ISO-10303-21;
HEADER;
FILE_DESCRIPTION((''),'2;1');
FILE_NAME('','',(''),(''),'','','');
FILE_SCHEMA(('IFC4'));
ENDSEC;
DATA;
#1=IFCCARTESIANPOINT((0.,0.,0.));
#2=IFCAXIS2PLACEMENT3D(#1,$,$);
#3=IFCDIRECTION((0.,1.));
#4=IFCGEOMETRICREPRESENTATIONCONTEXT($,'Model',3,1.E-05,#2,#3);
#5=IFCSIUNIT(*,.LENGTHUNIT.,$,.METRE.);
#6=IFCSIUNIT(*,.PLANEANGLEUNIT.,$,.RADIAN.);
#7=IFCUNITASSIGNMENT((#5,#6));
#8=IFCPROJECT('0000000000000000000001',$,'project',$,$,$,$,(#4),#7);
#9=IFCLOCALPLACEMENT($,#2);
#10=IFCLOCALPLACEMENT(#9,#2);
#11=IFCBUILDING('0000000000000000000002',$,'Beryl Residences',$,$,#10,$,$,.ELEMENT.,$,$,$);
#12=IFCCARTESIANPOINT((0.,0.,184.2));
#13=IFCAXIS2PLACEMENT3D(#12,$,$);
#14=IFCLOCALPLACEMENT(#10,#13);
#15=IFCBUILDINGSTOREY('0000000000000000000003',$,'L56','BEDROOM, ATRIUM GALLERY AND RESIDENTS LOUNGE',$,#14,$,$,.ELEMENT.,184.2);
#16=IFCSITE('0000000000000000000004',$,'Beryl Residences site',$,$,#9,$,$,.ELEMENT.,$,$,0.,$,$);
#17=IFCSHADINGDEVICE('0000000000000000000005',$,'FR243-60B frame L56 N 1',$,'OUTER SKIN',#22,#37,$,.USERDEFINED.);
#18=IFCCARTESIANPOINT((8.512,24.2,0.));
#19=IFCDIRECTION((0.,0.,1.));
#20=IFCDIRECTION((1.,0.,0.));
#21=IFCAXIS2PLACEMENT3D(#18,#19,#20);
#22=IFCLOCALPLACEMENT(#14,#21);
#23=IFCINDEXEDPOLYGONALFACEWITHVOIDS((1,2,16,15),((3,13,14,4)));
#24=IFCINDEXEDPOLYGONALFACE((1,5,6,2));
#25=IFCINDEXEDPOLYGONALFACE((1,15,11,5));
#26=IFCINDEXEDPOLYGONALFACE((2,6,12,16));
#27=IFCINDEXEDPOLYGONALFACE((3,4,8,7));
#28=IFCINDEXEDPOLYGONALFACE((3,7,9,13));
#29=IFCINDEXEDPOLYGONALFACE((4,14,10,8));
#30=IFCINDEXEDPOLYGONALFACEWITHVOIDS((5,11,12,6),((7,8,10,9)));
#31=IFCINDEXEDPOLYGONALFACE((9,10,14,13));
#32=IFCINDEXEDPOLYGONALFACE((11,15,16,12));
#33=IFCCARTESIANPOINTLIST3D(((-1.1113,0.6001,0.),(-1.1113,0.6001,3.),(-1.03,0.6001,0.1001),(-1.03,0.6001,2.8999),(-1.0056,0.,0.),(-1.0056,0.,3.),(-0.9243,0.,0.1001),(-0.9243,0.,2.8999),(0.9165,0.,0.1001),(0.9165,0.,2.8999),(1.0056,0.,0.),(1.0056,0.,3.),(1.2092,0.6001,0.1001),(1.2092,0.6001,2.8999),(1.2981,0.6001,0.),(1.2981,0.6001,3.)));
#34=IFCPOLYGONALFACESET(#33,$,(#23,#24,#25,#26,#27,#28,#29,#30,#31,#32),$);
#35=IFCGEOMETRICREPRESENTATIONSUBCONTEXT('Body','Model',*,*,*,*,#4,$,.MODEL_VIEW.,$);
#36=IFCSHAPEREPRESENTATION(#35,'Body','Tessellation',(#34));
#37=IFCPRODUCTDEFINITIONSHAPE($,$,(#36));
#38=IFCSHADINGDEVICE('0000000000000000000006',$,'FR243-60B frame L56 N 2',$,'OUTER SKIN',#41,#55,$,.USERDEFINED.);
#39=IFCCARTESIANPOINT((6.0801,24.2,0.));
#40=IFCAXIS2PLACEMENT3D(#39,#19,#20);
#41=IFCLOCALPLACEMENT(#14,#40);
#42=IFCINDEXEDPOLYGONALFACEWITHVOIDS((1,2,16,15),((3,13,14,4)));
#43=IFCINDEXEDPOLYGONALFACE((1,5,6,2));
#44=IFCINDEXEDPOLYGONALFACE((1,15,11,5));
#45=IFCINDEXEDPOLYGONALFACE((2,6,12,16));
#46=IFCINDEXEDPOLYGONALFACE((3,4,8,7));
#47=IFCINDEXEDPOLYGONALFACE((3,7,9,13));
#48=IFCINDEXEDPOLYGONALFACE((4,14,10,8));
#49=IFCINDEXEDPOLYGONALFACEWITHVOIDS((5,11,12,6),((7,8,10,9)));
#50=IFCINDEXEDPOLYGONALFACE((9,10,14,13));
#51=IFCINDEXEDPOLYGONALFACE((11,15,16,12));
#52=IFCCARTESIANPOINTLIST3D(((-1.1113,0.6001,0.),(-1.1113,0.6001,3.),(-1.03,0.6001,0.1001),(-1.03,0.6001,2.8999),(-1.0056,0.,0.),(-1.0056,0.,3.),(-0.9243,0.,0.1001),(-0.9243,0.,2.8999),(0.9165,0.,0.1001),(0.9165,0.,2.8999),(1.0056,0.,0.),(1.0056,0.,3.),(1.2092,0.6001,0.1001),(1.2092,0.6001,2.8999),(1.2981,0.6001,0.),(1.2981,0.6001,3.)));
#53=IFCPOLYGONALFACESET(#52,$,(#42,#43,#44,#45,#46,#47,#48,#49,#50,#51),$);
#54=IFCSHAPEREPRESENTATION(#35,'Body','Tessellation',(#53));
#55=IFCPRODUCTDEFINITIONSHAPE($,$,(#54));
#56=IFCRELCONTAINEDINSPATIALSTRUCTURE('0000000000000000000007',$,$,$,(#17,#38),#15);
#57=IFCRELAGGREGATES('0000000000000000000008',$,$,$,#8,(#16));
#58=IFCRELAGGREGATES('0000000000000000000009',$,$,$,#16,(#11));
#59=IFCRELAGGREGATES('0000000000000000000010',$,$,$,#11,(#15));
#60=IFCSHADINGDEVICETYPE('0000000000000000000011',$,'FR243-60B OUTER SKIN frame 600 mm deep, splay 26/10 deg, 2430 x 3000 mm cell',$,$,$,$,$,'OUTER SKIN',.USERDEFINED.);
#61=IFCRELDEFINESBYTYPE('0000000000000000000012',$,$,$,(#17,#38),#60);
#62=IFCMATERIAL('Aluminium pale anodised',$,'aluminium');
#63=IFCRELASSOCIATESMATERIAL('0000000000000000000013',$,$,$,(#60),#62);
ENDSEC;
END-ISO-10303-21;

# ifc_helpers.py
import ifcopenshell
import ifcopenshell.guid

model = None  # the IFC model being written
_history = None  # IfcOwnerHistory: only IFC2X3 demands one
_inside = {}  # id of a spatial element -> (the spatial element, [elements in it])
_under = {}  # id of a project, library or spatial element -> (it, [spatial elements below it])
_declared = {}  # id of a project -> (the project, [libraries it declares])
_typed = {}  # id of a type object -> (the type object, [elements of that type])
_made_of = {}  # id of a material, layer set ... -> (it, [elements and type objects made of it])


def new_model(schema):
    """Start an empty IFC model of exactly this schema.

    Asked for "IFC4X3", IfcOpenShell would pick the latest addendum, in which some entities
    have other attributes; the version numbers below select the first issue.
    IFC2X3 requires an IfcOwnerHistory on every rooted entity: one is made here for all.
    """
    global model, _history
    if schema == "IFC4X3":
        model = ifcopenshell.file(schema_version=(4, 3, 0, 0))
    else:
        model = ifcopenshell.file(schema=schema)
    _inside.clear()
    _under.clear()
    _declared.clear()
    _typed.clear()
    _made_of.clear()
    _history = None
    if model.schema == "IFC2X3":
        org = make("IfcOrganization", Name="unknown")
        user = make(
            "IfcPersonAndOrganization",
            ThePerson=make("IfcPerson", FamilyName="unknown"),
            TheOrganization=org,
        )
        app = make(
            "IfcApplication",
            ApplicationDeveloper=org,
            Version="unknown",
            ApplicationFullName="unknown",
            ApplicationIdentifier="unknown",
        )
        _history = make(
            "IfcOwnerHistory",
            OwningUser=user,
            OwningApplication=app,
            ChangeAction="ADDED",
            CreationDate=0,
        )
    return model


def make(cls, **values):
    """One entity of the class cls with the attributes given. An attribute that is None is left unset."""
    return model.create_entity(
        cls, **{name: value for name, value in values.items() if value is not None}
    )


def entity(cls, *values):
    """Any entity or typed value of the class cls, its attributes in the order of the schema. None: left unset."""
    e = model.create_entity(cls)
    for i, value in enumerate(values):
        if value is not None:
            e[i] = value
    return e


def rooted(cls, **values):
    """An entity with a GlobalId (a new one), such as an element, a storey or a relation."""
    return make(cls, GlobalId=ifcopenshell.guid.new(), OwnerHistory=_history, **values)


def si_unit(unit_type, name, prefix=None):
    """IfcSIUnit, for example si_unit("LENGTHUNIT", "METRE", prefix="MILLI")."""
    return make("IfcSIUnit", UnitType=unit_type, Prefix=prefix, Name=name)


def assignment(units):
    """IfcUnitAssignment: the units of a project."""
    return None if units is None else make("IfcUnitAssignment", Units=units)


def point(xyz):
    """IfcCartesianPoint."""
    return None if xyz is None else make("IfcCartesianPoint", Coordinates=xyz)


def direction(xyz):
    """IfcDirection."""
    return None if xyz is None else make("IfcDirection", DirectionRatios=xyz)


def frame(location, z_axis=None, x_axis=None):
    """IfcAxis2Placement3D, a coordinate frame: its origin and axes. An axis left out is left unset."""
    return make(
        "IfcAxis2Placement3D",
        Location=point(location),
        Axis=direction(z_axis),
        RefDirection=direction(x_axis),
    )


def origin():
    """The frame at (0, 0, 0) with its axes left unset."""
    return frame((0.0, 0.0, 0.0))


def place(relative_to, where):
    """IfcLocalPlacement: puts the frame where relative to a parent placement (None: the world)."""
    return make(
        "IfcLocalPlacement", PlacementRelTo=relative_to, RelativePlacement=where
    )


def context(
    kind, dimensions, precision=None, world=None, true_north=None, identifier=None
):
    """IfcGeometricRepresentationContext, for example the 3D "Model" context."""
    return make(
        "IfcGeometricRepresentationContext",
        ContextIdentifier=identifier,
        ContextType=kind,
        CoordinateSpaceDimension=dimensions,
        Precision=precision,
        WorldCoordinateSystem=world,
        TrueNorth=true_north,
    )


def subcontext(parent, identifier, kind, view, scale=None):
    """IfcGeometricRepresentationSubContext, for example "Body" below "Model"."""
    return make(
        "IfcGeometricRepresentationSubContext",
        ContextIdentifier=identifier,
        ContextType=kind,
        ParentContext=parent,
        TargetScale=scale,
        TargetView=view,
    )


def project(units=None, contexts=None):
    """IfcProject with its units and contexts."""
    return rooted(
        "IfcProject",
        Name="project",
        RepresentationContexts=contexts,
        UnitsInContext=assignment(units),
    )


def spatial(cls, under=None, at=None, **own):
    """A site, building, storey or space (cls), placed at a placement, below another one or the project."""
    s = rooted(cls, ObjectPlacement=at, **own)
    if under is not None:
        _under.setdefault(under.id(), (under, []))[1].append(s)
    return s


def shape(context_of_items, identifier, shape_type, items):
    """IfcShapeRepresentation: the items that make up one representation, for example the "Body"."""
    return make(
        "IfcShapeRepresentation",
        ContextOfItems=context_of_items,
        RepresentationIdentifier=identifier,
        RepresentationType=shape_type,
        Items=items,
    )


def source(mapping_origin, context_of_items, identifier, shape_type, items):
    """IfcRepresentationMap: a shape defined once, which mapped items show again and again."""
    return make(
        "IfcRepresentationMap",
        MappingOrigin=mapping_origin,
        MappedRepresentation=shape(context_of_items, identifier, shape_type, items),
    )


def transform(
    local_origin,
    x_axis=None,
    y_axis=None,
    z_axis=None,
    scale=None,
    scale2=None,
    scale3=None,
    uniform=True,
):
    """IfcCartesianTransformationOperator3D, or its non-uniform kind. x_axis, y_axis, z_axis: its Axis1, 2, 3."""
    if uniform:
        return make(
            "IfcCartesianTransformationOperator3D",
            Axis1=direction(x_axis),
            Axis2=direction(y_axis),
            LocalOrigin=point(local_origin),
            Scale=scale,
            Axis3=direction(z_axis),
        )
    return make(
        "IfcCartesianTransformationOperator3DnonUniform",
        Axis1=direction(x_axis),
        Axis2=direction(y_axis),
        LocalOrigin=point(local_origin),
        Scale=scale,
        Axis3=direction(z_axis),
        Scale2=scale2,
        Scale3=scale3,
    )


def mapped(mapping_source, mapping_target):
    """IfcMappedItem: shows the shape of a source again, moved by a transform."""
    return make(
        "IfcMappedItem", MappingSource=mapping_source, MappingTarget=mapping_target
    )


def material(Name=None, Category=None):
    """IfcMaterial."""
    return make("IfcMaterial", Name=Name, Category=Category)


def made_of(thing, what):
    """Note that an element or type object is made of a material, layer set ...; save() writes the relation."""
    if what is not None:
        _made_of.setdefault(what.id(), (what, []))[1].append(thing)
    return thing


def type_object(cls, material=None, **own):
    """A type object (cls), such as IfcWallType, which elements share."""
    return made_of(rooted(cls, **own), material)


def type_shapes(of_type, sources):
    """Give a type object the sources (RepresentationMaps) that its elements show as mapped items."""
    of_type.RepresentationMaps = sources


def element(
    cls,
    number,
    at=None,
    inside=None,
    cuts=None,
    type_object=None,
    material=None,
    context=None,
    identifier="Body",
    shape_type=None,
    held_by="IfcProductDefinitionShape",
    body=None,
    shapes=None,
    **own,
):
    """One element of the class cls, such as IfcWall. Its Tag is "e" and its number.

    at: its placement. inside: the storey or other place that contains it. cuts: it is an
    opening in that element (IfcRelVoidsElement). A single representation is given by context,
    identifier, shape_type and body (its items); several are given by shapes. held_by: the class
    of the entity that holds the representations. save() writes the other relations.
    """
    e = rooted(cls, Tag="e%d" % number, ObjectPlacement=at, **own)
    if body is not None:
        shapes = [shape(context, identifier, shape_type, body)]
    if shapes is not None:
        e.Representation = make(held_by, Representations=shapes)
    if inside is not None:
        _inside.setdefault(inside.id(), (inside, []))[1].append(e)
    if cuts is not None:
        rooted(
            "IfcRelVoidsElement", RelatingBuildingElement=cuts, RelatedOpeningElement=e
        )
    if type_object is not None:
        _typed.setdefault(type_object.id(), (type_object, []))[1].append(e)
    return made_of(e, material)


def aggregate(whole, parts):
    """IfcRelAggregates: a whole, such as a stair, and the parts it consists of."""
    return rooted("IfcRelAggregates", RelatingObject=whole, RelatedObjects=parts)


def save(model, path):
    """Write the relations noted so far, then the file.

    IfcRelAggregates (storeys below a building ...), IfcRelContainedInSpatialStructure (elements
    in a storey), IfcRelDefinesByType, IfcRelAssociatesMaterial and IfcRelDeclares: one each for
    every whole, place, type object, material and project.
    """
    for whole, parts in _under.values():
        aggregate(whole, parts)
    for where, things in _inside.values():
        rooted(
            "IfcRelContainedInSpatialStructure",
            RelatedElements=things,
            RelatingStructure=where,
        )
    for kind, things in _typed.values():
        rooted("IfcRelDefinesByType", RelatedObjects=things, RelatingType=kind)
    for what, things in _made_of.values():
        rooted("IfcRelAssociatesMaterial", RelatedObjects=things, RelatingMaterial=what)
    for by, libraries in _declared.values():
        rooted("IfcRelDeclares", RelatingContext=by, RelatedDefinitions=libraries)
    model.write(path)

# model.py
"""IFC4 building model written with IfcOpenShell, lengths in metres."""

from ifc_helpers import new_model, entity, si_unit, direction, frame, origin, place, context, subcontext, project, spatial, source, transform, mapped, material, type_object, type_shapes, element, save


model = new_model("IFC4")

# Units and contexts
model_context = context("Model", 3, precision=1e-05, world=origin(), true_north=direction((0.0, 1.0)))
body_context = subcontext(model_context, "Body", "Model", "MODEL_VIEW")
ifc_project = project(units=[si_unit("LENGTHUNIT", "METRE"), si_unit("PLANEANGLEUNIT", "RADIAN")], contexts=[model_context])

# Site, building, storey
site_placement = place(None, origin())
site = spatial("IfcSite", under=ifc_project, at=site_placement, Name="Beryl Residences site", CompositionType="ELEMENT", RefElevation=0.0)
building_placement = place(site_placement, origin())
building = spatial("IfcBuilding", under=site, at=building_placement, Name="Beryl Residences", CompositionType="ELEMENT")
storey_placement = place(building_placement, frame((0.0, 0.0, 184.2)))
storey = spatial("IfcBuildingStorey", under=building, at=storey_placement, Name="L56", Description="BEDROOM, ATRIUM GALLERY AND RESIDENTS LOUNGE", CompositionType="ELEMENT", Elevation=184.2)

# Shading devices
ifc_material_1 = material(Name="Aluminium pale anodised", Category="aluminium")
shading_device_type = type_object("IfcShadingDeviceType", Name="FR243-60B OUTER SKIN frame 600 mm deep, splay 26/10 deg, 2430 x 3000 mm cell", ElementType="OUTER SKIN", PredefinedType="USERDEFINED", material=ifc_material_1)
cartesian_point_1 = entity("IfcCartesianPoint", [-1.0056, 0.0])
cartesian_point_2 = entity("IfcCartesianPoint", [-0.9165, 0.1001])
cartesian_point_3 = entity("IfcCartesianPoint", [-1.2981, 0.0])
cartesian_point_4 = entity("IfcCartesianPoint", [-1.2092, 0.1001])
shared_shape_1 = source(origin(), body_context, "Body", "SweptSolid", [
    entity("IfcExtrudedAreaSolidTapered", entity("IfcArbitraryProfileDefWithVoids", "AREA", None, entity("IfcPolyline", [cartesian_point_1, entity("IfcCartesianPoint", [1.0056, 0.0]), entity("IfcCartesianPoint", [1.0056, 3.0]), entity("IfcCartesianPoint", [-1.0056, 3.0]), cartesian_point_1]), [entity("IfcPolyline", [cartesian_point_2, entity("IfcCartesianPoint", [0.9243, 0.1001]), entity("IfcCartesianPoint", [0.9243, 2.8999]), entity("IfcCartesianPoint", [-0.9165, 2.8999]), cartesian_point_2])]), entity("IfcAxis2Placement3D", entity("IfcCartesianPoint", [0.0, 0.0, 0.0]), entity("IfcDirection", [0.0, 1.0, 0.0]), entity("IfcDirection", [-1.0, 0.0, 0.0])), entity("IfcDirection", [0.0, 0.0, 1.0]), 0.6001, entity("IfcArbitraryProfileDefWithVoids", "AREA", None, entity("IfcPolyline", [cartesian_point_3, entity("IfcCartesianPoint", [1.1113, 0.0]), entity("IfcCartesianPoint", [1.1113, 3.0]), entity("IfcCartesianPoint", [-1.2981, 3.0]), cartesian_point_3]), [entity("IfcPolyline", [cartesian_point_4, entity("IfcCartesianPoint", [1.03, 0.1001]), entity("IfcCartesianPoint", [1.03, 2.8999]), entity("IfcCartesianPoint", [-1.2092, 2.8999]), cartesian_point_4])])),
])
type_shapes(shading_device_type, [shared_shape_1])
for number, where, z_axis, x_axis, name in (
    (1, (8.512, 24.2, 0.0), (0.0, 0.0, 1.0), (1.0, 0.0, 0.0), "FR243-60B frame L56 N 1"),
    (2, (6.0801, 24.2, 0.0), (0.0, 0.0, 1.0), (1.0, 0.0, 0.0), "FR243-60B frame L56 N 2"),
):
    element("IfcShadingDevice", number, at=place(storey_placement, frame(where, z_axis=z_axis, x_axis=x_axis)), inside=storey, type_object=shading_device_type, Name=name, ObjectType="OUTER SKIN", PredefinedType="USERDEFINED", context=body_context, shape_type="MappedRepresentation", body=[
        mapped(shared_shape_1, transform((0.0, 0.0, 0.0))),
    ])

save(model, "model.ifc")
